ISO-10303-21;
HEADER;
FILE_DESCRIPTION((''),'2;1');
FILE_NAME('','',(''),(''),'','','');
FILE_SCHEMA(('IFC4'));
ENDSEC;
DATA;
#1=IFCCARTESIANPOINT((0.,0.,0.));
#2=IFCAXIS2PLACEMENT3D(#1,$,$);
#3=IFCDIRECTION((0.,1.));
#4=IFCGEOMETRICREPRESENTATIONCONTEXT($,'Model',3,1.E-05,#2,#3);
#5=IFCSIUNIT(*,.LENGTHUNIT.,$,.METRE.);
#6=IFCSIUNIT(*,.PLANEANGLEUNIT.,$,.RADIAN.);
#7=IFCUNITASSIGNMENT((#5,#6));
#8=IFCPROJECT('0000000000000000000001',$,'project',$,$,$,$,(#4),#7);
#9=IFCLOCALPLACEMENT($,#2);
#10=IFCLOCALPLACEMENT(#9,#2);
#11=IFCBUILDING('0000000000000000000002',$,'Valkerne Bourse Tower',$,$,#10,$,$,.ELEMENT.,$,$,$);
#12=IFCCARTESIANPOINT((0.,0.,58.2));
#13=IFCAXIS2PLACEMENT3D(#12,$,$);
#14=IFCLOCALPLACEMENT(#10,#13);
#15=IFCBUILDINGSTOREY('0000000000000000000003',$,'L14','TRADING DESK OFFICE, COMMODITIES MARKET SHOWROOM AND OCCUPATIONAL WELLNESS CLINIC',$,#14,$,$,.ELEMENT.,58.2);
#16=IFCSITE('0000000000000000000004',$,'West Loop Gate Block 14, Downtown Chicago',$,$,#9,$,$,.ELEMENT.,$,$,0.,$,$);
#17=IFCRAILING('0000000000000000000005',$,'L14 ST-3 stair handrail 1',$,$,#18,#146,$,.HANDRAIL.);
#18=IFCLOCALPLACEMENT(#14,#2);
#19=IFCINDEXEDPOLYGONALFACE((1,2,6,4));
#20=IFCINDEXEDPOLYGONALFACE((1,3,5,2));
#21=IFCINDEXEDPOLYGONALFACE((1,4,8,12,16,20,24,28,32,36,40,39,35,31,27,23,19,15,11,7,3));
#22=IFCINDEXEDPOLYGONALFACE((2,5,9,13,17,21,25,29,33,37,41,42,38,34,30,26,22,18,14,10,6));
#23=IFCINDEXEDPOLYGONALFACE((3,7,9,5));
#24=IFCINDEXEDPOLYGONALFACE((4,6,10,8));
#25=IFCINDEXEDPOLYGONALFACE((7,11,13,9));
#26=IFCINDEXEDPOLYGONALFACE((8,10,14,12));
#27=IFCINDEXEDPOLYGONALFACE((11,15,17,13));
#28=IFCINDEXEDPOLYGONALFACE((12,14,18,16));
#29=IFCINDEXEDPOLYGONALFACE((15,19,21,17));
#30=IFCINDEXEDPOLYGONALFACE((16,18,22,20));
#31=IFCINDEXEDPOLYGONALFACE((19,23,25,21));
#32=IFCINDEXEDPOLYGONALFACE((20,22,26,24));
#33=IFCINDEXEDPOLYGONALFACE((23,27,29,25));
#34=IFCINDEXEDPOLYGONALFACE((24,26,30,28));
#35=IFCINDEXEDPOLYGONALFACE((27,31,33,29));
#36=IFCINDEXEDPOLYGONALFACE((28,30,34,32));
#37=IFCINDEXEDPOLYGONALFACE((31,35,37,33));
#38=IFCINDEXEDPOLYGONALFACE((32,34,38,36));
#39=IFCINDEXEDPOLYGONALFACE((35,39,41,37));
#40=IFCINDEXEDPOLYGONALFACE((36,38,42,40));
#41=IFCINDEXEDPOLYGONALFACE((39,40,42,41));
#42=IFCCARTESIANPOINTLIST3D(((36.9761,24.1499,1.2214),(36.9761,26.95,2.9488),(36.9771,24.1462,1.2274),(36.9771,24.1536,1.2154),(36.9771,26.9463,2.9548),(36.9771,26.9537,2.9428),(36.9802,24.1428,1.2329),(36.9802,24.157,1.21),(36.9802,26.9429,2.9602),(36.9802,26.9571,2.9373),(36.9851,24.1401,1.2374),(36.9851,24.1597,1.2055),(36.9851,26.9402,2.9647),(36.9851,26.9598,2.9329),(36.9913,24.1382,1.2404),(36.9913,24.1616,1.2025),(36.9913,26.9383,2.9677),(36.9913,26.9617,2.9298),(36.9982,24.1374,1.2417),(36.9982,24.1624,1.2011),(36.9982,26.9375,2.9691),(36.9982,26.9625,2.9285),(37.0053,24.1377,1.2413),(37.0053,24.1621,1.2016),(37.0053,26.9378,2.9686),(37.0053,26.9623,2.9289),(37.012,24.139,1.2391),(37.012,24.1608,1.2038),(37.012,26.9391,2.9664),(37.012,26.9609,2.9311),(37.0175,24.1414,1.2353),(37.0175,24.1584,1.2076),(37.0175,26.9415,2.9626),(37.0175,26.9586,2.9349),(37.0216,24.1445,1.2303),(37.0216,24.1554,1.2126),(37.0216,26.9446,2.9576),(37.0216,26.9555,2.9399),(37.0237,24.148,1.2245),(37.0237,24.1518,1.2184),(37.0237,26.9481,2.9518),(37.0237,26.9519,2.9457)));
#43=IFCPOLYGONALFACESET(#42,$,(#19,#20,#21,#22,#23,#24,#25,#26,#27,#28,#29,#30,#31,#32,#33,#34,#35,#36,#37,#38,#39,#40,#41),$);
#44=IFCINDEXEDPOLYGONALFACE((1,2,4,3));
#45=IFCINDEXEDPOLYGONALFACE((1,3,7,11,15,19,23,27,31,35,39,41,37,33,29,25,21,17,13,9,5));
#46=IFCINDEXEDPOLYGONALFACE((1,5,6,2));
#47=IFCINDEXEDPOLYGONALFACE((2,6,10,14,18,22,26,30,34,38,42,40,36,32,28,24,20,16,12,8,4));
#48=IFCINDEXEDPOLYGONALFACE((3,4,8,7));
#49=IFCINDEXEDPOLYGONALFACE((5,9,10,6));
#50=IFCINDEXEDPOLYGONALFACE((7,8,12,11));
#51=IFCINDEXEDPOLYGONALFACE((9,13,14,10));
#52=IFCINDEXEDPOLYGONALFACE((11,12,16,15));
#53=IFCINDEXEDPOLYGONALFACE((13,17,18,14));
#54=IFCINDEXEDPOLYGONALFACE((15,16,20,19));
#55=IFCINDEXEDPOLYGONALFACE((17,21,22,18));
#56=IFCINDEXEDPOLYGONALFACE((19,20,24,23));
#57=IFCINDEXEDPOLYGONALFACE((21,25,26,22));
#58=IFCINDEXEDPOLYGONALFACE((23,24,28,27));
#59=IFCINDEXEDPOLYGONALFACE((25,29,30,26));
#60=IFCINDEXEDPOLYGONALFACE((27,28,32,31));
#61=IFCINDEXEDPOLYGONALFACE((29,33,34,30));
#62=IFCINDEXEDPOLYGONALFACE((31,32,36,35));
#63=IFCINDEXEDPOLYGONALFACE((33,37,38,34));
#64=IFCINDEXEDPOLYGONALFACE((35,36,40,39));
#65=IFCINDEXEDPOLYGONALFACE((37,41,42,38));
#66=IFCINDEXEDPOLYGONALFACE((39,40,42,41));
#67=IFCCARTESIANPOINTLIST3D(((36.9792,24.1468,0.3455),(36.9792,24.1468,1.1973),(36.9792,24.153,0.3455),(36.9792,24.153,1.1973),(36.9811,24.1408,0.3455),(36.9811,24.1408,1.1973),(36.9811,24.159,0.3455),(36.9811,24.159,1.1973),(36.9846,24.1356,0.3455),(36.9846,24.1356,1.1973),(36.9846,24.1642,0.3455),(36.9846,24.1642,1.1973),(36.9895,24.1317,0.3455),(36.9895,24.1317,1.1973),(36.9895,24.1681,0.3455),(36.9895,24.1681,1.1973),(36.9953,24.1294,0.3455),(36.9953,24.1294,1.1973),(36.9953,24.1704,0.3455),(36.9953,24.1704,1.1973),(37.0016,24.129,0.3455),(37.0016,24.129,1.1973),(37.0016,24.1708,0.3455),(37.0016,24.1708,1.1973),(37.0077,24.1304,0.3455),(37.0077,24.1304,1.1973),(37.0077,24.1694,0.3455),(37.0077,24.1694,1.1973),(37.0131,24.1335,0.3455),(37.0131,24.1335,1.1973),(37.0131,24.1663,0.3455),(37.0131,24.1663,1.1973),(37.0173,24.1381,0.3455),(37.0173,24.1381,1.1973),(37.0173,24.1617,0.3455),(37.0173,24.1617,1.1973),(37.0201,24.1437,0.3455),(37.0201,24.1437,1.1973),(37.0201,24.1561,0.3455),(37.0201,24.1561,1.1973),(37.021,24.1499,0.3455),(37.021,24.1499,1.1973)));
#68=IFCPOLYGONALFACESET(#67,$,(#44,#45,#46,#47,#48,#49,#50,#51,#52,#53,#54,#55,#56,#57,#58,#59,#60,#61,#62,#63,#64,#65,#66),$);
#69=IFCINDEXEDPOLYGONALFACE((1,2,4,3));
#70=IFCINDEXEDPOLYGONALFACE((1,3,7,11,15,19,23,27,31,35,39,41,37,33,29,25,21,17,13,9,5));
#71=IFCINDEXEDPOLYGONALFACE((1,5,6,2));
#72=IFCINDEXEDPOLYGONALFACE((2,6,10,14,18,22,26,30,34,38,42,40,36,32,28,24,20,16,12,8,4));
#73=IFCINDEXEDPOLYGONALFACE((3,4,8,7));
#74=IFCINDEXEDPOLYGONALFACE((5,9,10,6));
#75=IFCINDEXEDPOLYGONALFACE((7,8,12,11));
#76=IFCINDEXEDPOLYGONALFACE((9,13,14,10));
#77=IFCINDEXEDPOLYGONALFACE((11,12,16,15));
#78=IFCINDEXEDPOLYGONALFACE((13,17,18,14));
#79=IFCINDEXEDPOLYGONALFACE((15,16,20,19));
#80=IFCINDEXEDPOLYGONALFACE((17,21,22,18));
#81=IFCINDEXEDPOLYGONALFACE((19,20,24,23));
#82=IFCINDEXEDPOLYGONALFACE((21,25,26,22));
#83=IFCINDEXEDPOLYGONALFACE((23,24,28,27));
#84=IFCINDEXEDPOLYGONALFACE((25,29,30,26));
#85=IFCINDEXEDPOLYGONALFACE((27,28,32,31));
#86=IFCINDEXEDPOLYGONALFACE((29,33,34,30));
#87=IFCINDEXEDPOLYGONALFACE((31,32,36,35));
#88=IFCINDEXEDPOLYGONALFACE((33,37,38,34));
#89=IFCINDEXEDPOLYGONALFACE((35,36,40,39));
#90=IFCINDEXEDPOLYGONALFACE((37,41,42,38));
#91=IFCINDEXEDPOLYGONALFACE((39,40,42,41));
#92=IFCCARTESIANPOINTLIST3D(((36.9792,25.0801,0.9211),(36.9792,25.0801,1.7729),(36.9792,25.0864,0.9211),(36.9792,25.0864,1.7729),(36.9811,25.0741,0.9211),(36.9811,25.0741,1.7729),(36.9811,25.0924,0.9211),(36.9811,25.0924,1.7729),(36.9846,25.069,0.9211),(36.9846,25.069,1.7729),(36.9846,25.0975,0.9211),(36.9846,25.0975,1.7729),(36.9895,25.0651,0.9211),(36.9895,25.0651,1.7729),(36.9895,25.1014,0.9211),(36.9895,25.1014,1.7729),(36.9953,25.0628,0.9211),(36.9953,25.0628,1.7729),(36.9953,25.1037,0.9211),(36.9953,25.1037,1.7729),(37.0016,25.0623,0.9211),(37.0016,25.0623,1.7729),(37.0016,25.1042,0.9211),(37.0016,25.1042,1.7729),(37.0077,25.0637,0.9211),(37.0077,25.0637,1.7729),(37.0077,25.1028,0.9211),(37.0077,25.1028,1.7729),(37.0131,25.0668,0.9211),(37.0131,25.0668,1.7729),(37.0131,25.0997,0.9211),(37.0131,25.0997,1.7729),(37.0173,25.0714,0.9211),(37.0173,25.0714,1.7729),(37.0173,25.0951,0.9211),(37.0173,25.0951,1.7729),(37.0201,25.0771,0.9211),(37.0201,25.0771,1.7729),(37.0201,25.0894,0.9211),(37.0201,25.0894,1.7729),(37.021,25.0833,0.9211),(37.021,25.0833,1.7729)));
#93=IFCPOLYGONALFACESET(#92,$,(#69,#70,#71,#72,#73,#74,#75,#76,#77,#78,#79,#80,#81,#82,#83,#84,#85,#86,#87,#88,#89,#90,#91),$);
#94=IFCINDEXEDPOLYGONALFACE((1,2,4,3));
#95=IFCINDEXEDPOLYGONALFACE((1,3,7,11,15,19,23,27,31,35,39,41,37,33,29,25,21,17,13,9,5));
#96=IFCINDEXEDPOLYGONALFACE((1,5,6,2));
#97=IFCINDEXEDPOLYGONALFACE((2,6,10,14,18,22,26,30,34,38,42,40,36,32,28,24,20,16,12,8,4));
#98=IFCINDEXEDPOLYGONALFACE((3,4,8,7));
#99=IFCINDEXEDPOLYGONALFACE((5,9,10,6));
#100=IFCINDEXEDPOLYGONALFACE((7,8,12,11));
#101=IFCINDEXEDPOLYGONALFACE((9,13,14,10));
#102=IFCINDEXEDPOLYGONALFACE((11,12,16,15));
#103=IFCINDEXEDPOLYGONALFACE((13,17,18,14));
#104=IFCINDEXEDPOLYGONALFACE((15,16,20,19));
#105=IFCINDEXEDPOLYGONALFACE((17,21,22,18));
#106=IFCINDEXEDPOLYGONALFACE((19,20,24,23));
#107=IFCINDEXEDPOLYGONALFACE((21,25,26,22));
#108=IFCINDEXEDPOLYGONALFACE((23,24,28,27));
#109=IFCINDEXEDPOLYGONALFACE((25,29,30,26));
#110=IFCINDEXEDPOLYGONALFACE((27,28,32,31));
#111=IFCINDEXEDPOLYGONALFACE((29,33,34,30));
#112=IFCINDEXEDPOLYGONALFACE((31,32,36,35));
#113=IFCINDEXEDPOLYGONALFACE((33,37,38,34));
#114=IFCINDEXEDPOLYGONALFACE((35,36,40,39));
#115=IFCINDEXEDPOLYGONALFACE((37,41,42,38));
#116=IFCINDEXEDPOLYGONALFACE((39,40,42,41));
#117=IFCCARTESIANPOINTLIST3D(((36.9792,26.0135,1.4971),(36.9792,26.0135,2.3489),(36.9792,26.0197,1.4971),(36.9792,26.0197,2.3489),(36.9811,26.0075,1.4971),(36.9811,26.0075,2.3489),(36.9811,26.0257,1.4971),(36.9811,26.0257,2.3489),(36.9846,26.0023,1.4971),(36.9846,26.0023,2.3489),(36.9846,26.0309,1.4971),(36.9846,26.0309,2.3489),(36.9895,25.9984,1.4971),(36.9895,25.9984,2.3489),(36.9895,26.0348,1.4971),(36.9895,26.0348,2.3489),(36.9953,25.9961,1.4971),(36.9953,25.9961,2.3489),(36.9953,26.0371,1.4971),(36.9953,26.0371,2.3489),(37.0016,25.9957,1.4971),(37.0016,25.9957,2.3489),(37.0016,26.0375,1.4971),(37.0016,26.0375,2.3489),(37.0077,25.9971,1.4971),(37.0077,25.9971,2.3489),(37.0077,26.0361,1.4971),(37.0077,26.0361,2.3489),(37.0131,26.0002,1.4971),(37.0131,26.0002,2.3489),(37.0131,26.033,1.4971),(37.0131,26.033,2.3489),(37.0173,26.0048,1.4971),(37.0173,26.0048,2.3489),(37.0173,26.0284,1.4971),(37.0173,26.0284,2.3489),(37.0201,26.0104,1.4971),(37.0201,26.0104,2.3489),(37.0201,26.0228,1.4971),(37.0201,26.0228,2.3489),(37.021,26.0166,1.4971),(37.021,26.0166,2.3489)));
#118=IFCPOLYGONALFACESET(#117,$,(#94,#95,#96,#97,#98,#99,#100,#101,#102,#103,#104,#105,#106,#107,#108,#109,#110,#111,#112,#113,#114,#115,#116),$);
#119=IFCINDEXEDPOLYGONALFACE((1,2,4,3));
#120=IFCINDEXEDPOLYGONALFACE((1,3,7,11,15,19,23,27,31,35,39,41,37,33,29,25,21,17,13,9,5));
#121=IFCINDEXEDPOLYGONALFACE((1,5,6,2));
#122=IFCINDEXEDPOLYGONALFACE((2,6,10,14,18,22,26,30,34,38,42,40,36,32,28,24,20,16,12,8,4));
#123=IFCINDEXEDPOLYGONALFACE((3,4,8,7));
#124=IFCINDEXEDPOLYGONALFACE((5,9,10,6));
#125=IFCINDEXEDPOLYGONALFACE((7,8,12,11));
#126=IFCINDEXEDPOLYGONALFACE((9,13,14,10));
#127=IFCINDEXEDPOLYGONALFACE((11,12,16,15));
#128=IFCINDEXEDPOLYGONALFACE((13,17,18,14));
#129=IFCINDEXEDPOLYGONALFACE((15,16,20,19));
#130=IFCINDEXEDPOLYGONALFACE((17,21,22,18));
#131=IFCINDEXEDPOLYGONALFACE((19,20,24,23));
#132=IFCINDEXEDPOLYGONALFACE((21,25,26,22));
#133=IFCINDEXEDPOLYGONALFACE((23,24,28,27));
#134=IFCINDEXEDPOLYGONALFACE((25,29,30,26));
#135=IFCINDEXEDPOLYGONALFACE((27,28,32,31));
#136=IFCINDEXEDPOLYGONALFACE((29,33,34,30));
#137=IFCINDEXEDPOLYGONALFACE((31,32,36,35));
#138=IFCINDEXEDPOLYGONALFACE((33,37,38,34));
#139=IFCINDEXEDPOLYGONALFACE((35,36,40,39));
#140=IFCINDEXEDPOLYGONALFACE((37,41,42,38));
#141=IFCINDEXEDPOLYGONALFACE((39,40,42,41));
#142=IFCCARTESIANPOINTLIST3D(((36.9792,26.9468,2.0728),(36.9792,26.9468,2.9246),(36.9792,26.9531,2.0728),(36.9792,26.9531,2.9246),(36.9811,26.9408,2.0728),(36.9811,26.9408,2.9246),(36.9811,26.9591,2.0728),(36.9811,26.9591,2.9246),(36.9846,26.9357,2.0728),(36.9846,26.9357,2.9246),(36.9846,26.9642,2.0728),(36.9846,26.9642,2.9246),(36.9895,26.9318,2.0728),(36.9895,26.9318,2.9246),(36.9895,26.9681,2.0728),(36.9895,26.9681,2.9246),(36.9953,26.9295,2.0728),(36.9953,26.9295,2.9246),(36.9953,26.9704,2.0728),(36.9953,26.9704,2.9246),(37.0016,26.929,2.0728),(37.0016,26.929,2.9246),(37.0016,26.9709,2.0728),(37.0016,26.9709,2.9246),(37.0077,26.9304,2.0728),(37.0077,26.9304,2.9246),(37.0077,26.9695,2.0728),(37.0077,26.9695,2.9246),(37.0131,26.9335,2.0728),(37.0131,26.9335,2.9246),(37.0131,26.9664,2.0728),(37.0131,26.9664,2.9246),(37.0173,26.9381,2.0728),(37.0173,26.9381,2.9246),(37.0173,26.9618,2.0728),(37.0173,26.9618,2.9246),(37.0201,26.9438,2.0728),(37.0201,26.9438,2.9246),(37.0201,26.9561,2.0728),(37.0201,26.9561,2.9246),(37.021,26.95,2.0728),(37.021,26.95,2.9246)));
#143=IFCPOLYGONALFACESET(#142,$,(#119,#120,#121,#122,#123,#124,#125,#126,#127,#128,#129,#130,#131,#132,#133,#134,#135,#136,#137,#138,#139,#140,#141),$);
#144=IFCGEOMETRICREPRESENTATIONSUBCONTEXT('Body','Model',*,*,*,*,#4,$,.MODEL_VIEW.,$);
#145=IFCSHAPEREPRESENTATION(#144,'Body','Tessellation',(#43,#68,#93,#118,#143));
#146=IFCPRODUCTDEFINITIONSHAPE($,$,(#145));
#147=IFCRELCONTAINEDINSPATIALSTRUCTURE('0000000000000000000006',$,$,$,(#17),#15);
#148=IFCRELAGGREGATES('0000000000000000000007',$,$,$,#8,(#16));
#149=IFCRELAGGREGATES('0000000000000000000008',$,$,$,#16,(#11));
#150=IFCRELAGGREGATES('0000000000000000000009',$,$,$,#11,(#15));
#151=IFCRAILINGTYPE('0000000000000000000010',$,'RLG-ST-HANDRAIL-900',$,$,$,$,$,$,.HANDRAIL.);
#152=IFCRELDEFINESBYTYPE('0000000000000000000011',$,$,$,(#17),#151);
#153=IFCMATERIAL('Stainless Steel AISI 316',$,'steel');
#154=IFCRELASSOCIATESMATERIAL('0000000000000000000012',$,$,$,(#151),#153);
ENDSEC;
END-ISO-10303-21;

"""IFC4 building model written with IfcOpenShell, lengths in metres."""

from ifc_helpers import new_model, si_unit, direction, frame, origin, origin_2d, place, context, subcontext, project, spatial, circle, extrude, material, type_object, element, save


model = new_model("IFC4")

# Units and contexts
model_context = context("Model", 3, precision=1e-05, world=origin(), true_north=direction((0.0, 1.0)))
body_context = subcontext(model_context, "Body", "Model", "MODEL_VIEW")
ifc_project = project(units=[si_unit("LENGTHUNIT", "METRE"), si_unit("PLANEANGLEUNIT", "RADIAN")], contexts=[model_context])

# Site, building, storey
site_placement = place(None, origin())
site = spatial("IfcSite", under=ifc_project, at=site_placement, Name="West Loop Gate Block 14, Downtown Chicago", CompositionType="ELEMENT", RefElevation=0.0)
building_placement = place(site_placement, origin())
building = spatial("IfcBuilding", under=site, at=building_placement, Name="Valkerne Bourse Tower", CompositionType="ELEMENT")
storey_placement = place(building_placement, frame((0.0, 0.0, 58.2)))
storey = spatial("IfcBuildingStorey", under=building, at=storey_placement, Name="L14", Description="TRADING DESK OFFICE, COMMODITIES MARKET SHOWROOM AND OCCUPATIONAL WELLNESS CLINIC", CompositionType="ELEMENT", Elevation=58.2)

# Railing
ifc_material_1 = material(Name="Stainless Steel AISI 316", Category="steel")
railing_type_1 = type_object("IfcRailingType", Name="RLG-ST-HANDRAIL-900", PredefinedType="HANDRAIL", material=ifc_material_1)
railing_1_placement = place(storey_placement, frame((37.0, 24.1499, 0.3455)))
element("IfcRailing", 1, at=railing_1_placement, inside=storey, type_object=railing_type_1, Name="L14 ST-3 stair handrail 1", PredefinedType="HANDRAIL", context=body_context, shape_type="SweptSolid", body=[
    extrude(circle(Radius=0.0239, at=origin_2d()), frame((0.0, 0.0, 0.876), z_axis=(0.0, 0.85109, 0.52502), x_axis=(-1.0, 0.0, 0.0)), (0.0, 0.0, 1.0), 3.29),
    extrude(circle(Radius=0.021, at=origin_2d()), origin(), (0.0, 0.0, 1.0), 0.8518),
    extrude(circle(Radius=0.021, at=origin_2d()), frame((0.0, 0.9333, 0.5757)), (0.0, 0.0, 1.0), 0.8518),
    extrude(circle(Radius=0.021, at=origin_2d()), frame((0.0, 1.8667, 1.1516)), (0.0, 0.0, 1.0), 0.8518),
    extrude(circle(Radius=0.021, at=origin_2d()), frame((0.0, 2.8, 1.7273)), (0.0, 0.0, 1.0), 0.8518),
])

save(model, "model.ifc")
